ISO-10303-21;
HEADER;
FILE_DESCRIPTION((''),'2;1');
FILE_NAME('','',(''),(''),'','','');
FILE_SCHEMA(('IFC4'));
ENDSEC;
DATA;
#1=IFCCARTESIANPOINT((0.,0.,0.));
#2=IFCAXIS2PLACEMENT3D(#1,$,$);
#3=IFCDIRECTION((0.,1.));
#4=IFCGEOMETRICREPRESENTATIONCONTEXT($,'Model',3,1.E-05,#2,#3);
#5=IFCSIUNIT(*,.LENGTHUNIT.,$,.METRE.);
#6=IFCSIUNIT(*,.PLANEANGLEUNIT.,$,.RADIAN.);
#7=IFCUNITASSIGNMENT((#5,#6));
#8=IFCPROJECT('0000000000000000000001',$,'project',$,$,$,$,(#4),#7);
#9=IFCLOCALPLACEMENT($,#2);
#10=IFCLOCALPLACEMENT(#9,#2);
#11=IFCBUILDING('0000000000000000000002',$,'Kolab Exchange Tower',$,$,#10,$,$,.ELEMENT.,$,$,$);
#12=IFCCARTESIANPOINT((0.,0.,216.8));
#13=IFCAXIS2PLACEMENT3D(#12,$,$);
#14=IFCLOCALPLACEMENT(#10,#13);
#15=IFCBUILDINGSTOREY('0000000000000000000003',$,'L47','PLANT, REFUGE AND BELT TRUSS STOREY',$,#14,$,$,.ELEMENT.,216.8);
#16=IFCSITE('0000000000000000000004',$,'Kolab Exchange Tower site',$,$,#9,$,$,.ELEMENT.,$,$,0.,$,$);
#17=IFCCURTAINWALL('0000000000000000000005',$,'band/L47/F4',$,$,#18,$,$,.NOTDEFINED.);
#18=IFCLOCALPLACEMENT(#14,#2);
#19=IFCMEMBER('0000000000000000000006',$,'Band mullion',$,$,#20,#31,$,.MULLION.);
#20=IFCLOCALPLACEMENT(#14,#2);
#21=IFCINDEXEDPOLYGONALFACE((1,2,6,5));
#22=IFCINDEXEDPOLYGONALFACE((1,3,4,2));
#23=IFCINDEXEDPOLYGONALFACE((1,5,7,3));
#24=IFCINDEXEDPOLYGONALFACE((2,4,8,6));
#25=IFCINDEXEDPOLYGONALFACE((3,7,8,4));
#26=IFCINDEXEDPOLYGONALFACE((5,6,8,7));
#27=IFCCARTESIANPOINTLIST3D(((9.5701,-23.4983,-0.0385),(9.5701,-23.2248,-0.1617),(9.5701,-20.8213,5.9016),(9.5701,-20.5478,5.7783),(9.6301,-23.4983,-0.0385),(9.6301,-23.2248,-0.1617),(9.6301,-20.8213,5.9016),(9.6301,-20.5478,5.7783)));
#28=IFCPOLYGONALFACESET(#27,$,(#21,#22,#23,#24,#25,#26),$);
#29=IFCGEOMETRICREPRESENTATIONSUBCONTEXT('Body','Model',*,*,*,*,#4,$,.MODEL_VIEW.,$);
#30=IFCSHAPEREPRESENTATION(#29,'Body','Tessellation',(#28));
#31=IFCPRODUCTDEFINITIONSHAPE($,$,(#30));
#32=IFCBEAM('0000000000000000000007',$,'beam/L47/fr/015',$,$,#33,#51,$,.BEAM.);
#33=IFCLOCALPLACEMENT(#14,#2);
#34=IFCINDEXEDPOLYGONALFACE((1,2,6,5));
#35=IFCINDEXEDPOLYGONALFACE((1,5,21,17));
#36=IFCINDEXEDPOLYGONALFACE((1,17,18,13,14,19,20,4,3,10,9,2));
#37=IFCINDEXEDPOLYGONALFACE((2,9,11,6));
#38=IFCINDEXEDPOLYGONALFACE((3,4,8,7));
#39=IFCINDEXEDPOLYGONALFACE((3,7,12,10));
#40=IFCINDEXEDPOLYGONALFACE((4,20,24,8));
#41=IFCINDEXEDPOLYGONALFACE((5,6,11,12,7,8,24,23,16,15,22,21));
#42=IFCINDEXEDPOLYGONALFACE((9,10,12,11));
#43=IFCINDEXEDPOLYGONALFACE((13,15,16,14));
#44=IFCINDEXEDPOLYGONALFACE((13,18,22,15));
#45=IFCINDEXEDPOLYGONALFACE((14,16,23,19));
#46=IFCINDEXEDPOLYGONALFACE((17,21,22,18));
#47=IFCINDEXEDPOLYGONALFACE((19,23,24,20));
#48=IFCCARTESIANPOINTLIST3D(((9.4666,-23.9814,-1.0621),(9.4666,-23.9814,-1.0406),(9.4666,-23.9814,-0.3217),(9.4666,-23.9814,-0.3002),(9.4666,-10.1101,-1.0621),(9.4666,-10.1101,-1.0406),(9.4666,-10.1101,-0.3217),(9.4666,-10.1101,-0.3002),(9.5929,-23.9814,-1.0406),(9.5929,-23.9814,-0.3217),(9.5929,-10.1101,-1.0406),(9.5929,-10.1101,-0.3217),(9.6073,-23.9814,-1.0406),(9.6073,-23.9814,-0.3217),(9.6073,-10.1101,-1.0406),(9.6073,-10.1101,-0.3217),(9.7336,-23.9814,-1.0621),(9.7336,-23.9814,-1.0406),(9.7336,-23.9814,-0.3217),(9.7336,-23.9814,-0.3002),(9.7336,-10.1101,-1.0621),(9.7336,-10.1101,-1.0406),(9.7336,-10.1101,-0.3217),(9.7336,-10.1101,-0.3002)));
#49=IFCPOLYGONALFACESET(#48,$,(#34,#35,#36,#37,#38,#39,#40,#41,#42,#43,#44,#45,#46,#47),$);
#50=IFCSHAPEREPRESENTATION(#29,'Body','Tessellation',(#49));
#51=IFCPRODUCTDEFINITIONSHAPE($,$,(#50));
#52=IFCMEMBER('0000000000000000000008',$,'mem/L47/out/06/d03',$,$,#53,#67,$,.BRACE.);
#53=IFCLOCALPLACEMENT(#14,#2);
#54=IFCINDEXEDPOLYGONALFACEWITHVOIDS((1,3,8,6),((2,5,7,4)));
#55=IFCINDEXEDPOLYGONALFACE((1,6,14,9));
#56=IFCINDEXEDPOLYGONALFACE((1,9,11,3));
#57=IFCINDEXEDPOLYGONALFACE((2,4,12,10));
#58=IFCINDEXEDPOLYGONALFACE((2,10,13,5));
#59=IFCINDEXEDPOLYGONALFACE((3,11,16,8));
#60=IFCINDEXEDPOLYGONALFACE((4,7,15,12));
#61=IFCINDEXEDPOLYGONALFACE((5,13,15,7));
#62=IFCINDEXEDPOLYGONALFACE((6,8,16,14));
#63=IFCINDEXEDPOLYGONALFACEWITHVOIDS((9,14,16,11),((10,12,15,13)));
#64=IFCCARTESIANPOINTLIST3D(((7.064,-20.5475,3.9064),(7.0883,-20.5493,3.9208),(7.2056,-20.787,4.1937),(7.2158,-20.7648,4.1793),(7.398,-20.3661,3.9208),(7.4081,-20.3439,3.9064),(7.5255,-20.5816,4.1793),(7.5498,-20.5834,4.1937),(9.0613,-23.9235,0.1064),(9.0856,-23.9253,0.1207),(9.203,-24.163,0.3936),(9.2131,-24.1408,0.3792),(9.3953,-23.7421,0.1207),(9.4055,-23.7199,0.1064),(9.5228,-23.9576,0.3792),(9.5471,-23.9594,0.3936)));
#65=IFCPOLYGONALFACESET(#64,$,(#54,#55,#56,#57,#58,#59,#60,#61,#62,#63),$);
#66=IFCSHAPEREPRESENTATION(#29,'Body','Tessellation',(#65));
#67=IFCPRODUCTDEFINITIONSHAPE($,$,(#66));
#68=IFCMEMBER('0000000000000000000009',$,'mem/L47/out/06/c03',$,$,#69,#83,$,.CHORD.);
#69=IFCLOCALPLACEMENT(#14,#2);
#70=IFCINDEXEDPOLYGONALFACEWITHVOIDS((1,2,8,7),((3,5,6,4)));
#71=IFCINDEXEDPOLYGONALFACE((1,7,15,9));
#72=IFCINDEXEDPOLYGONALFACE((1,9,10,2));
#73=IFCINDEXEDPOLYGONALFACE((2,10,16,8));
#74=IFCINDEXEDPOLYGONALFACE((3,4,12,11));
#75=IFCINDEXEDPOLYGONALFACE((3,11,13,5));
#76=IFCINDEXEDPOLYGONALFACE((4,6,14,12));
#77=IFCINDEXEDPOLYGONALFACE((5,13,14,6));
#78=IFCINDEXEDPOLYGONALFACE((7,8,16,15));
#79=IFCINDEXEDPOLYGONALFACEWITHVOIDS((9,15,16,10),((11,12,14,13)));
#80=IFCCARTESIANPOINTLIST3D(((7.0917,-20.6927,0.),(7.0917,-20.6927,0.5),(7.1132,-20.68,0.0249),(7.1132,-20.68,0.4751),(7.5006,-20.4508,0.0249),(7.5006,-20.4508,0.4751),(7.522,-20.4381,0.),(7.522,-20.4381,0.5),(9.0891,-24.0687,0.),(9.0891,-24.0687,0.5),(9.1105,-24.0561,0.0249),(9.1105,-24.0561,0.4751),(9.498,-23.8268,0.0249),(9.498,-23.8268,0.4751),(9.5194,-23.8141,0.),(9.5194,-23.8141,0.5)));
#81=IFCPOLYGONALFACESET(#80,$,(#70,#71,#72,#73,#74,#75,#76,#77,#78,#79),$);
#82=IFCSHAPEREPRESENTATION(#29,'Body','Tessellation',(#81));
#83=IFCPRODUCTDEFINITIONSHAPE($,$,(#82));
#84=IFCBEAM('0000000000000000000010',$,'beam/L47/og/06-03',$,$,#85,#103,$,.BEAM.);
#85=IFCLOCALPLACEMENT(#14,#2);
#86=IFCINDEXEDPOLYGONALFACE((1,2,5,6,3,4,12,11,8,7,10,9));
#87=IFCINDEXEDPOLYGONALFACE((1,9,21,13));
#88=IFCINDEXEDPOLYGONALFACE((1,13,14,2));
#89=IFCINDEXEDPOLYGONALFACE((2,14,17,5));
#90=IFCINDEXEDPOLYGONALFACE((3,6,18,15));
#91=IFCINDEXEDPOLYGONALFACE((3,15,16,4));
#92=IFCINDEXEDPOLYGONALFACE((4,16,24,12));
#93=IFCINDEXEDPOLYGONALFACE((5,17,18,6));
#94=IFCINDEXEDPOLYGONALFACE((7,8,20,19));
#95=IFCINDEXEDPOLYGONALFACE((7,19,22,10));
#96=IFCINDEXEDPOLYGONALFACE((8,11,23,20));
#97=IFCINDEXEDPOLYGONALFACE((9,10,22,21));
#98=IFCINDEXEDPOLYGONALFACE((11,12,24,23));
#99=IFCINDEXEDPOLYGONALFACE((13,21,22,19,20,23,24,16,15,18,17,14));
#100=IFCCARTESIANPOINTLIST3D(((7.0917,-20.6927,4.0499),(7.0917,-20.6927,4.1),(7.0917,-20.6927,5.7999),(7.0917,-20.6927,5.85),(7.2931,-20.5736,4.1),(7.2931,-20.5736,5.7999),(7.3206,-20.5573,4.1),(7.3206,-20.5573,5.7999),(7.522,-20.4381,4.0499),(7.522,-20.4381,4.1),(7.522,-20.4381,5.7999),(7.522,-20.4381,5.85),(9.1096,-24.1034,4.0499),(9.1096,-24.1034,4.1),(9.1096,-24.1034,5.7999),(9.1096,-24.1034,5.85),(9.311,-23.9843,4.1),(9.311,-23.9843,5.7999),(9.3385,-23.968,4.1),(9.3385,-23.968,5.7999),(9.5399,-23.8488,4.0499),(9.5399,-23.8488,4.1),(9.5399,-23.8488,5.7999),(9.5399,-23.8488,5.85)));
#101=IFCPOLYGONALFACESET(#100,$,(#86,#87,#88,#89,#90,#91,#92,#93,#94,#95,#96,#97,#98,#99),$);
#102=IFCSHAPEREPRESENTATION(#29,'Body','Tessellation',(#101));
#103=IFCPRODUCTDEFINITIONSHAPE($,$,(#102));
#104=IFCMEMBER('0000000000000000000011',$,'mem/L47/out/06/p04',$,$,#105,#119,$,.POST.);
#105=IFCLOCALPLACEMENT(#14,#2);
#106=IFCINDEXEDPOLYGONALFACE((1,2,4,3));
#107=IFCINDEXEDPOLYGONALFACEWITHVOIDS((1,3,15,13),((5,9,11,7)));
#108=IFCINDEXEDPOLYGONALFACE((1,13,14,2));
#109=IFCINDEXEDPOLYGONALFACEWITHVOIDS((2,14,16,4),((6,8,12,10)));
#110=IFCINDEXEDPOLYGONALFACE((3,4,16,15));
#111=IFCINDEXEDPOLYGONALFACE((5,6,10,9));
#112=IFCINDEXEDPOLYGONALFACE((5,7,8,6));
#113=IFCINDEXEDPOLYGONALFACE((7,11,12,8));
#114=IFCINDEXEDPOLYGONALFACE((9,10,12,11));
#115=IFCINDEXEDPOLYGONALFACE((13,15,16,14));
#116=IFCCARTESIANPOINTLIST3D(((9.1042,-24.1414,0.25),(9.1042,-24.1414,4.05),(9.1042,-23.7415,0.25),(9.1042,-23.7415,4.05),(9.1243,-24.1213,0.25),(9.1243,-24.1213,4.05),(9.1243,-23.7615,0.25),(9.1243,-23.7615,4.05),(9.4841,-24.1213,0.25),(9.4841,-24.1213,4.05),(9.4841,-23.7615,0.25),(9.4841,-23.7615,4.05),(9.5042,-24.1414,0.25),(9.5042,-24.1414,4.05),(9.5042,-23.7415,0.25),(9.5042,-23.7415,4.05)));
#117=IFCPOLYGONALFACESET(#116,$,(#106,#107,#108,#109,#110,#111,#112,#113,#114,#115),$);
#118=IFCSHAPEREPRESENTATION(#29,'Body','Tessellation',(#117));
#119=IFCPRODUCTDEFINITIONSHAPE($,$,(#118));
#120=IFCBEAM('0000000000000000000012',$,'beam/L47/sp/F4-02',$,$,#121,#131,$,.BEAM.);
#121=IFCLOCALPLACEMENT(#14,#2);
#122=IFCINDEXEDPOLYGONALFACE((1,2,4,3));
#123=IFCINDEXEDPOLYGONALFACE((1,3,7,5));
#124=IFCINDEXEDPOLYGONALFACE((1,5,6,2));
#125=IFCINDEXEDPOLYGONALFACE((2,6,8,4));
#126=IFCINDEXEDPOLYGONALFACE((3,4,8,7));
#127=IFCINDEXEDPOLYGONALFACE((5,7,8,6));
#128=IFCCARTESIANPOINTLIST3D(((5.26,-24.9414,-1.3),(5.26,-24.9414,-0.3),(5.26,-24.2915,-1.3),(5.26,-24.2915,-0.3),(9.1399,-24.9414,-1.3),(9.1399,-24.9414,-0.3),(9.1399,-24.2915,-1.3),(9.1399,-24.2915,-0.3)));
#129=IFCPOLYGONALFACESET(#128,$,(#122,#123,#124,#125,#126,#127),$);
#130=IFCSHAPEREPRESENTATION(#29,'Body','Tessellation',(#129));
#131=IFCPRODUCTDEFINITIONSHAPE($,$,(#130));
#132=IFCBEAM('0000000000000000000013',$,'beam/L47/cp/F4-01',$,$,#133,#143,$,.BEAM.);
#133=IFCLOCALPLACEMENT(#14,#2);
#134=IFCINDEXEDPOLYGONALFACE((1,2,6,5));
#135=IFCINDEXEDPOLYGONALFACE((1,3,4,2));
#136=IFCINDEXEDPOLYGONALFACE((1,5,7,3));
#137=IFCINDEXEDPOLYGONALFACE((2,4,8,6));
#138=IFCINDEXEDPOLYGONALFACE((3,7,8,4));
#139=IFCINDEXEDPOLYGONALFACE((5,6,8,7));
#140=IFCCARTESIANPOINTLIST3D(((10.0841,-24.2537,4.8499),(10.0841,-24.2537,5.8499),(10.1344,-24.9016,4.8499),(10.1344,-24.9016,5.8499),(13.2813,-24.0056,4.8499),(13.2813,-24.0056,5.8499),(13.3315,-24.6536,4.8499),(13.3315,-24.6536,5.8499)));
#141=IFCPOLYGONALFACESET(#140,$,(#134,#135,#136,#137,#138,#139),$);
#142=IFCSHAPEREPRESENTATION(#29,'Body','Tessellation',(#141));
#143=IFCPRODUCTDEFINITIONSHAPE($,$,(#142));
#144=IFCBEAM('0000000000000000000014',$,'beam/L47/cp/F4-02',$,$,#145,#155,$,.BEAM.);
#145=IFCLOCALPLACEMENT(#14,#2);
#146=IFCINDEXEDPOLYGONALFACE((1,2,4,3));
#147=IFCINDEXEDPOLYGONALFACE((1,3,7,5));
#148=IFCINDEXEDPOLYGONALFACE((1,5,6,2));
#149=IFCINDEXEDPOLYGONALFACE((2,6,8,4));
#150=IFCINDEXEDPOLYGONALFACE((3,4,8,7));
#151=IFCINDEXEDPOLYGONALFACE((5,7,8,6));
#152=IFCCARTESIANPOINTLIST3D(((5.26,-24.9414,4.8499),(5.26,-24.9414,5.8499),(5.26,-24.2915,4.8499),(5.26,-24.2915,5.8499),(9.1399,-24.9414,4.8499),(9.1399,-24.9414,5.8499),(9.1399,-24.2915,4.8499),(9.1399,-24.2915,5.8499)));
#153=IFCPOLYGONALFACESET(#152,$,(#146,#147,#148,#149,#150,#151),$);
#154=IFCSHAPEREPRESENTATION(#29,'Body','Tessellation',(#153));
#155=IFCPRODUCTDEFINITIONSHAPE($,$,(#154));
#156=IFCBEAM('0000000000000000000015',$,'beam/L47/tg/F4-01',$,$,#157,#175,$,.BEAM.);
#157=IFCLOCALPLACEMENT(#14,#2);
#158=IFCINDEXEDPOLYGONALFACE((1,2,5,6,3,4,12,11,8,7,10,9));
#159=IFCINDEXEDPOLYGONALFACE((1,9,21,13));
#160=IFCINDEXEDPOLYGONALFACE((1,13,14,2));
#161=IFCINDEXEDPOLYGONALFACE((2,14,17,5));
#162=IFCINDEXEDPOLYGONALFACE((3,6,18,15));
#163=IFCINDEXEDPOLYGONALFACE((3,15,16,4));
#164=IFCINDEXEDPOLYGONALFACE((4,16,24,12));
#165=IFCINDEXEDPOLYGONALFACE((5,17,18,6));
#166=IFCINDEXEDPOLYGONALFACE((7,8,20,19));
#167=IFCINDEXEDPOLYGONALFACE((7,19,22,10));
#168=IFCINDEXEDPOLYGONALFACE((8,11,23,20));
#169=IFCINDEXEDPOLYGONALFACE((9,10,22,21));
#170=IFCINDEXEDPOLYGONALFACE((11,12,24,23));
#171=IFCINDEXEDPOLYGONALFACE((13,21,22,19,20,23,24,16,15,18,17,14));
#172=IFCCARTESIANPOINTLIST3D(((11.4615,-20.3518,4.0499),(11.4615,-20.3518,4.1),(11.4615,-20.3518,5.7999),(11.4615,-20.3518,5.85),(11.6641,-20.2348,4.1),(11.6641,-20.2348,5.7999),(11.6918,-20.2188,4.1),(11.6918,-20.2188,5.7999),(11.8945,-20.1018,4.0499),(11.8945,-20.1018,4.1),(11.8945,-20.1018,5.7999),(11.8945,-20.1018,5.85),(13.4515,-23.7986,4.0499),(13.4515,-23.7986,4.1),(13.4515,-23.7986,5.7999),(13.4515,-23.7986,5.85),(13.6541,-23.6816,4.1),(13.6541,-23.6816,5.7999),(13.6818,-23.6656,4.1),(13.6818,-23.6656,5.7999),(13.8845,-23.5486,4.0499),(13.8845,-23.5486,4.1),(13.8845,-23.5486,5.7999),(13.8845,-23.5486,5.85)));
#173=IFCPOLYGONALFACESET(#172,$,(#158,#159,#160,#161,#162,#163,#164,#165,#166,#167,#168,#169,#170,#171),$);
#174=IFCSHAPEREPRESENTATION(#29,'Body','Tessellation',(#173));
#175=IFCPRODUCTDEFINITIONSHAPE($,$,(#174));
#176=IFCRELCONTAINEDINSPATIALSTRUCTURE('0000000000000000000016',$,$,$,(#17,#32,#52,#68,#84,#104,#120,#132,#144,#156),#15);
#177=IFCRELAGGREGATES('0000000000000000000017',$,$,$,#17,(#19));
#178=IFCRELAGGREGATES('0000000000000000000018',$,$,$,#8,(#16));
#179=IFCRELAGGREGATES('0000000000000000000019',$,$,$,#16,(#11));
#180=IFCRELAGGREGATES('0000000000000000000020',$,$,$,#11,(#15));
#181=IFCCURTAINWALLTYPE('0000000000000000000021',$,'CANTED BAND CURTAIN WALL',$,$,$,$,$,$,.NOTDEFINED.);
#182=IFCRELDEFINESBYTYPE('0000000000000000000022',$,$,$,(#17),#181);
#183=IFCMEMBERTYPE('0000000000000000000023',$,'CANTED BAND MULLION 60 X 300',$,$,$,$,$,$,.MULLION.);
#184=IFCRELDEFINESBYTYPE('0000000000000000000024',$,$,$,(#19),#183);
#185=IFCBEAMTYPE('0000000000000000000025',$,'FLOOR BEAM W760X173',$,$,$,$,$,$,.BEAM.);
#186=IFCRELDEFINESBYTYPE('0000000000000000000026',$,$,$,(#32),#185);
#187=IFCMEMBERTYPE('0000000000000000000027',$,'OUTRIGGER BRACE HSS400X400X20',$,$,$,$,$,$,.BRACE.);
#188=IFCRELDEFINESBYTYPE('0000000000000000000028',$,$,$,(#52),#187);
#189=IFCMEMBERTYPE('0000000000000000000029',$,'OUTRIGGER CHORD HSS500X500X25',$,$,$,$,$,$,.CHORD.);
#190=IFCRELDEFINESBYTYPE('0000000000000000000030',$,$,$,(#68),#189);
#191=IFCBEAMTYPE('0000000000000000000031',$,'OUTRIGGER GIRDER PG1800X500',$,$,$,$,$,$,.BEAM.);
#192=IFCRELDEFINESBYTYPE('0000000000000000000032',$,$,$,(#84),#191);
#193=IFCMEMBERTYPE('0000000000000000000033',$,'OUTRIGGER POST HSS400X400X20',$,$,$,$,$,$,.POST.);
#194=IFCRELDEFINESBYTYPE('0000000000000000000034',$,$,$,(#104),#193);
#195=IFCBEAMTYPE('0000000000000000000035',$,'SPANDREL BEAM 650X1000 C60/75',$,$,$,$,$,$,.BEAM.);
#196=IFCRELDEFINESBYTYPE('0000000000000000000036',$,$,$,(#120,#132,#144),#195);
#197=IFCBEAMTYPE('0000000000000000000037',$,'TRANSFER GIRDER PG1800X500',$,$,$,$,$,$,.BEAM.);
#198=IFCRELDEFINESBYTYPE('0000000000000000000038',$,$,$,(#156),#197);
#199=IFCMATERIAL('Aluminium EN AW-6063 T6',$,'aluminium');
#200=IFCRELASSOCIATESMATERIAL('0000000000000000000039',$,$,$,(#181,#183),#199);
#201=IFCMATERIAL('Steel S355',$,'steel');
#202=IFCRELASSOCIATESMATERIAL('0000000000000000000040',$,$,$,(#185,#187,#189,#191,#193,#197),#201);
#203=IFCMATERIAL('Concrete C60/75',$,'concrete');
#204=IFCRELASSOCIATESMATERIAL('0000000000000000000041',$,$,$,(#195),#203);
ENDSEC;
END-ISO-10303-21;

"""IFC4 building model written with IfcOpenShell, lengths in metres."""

from ifc_helpers import new_model, si_unit, direction, frame, origin, origin_2d, place, context, subcontext, project, spatial, rectangle, hollow_rectangle, i_section, extrude, material, material_profile, profile_set, type_object, element, aggregate, save


model = new_model("IFC4")

# Units and contexts
model_context = context("Model", 3, precision=1e-05, world=origin(), true_north=direction((0.0, 1.0)))
body_context = subcontext(model_context, "Body", "Model", "MODEL_VIEW")
ifc_project = project(units=[si_unit("LENGTHUNIT", "METRE"), si_unit("PLANEANGLEUNIT", "RADIAN")], contexts=[model_context])

# Site, building, storey
site_placement = place(None, origin())
site = spatial("IfcSite", under=ifc_project, at=site_placement, Name="Kolab Exchange Tower site", CompositionType="ELEMENT", RefElevation=0.0)
building_placement = place(site_placement, origin())
building = spatial("IfcBuilding", under=site, at=building_placement, Name="Kolab Exchange Tower", CompositionType="ELEMENT")
storey_placement = place(building_placement, frame((0.0, 0.0, 216.8)))
storey = spatial("IfcBuildingStorey", under=building, at=storey_placement, Name="L47", Description="PLANT, REFUGE AND BELT TRUSS STOREY", CompositionType="ELEMENT", Elevation=216.8)

# Shared definitions
ifc_material_1 = material(Name="Concrete C60/75", Category="concrete")

# Shared definitions
ifc_material_2 = material(Name="Steel S355", Category="steel")

# Curtain wall, member
ifc_material_3 = material(Name="Aluminium EN AW-6063 T6", Category="aluminium")
curtain_wall_type_1 = type_object("IfcCurtainWallType", Name="CANTED BAND CURTAIN WALL", PredefinedType="NOTDEFINED", material=ifc_material_3)
curtain_wall_1_placement = place(storey_placement, origin())
curtain_wall_1 = element("IfcCurtainWall", 1, at=curtain_wall_1_placement, inside=storey, type_object=curtain_wall_type_1, Name="band/L47/F4", PredefinedType="NOTDEFINED")
ifc_material_profile_1 = material_profile(ifc_material_3, rectangle(XDim=0.0601, YDim=0.3, at=origin_2d()), Name="RECT 60X300")
ifc_profile_set_1 = profile_set([ifc_material_profile_1], Name="Aluminium EN AW-6063 T6")
member_type_1 = type_object("IfcMemberType", Name="CANTED BAND MULLION 60 X 300", PredefinedType="MULLION", material=ifc_profile_set_1)
member_1_placement = place(storey_placement, frame((9.6001, -23.3616, -0.1001), z_axis=(0.0, 0.410879, 0.91169), x_axis=(-1.0, 0.0, 0.0)))
member_1 = element("IfcMember", 2, at=member_1_placement, type_object=member_type_1, Name="Band mullion", PredefinedType="MULLION", context=body_context, shape_type="SweptSolid", body=[
    extrude(rectangle(XDim=0.0601, YDim=0.3, at=origin_2d()), origin(), (0.0, 0.0, 1.0), 6.5154),
])

# Beam
ifc_material_profile_2 = material_profile(ifc_material_2, i_section(OverallWidth=0.2671, OverallDepth=0.762, WebThickness=0.0144, FlangeThickness=0.0215, at=origin_2d()), Name="W760X173")
ifc_profile_set_2 = profile_set([ifc_material_profile_2], Name="Steel S355")
beam_type_1 = type_object("IfcBeamType", Name="FLOOR BEAM W760X173", PredefinedType="BEAM", material=ifc_profile_set_2)
beam_1_placement = place(storey_placement, frame((9.6001, -23.9814, -0.6812), z_axis=(0.0, 1.0, 0.0), x_axis=(-1.0, 0.0, 0.0)))
element("IfcBeam", 3, at=beam_1_placement, inside=storey, type_object=beam_type_1, Name="beam/L47/fr/015", PredefinedType="BEAM", context=body_context, shape_type="SweptSolid", body=[
    extrude(i_section(OverallWidth=0.2671, OverallDepth=0.762, WebThickness=0.0144, FlangeThickness=0.0215, at=origin_2d()), origin(), (0.0, 0.0, 1.0), 13.8713),
])

# Members
ifc_material_profile_3 = material_profile(ifc_material_2, hollow_rectangle(XDim=0.3999, YDim=0.3999, WallThickness=0.02, at=origin_2d()), Name="HSS400X400X20")
ifc_profile_set_3 = profile_set([ifc_material_profile_3], Name="Steel S355")
member_type_2 = type_object("IfcMemberType", Name="OUTRIGGER BRACE HSS400X400X20", PredefinedType="BRACE", material=ifc_profile_set_3)
member_2_placement = place(storey_placement, frame((7.3069, -20.5654, 4.05), z_axis=(0.365715, -0.618153, -0.695802), x_axis=(0.860656, 0.509186, 0.0)))
element("IfcMember", 4, at=member_2_placement, inside=storey, type_object=member_type_2, Name="mem/L47/out/06/d03", PredefinedType="BRACE", context=body_context, shape_type="SweptSolid", body=[
    extrude(hollow_rectangle(XDim=0.3999, YDim=0.3999, WallThickness=0.02, at=origin_2d()), origin(), (0.0, 0.0, 1.0), 5.4614),
])
ifc_material_profile_4 = material_profile(ifc_material_2, hollow_rectangle(XDim=0.5, YDim=0.5, WallThickness=0.0249, at=origin_2d()), Name="HSS500X500X25")
ifc_profile_set_4 = profile_set([ifc_material_profile_4], Name="Steel S355")
member_type_3 = type_object("IfcMemberType", Name="OUTRIGGER CHORD HSS500X500X25", PredefinedType="CHORD", material=ifc_profile_set_4)
member_3_placement = place(storey_placement, frame((7.3069, -20.5654, 0.25), z_axis=(0.509186, -0.860656, 0.0), x_axis=(0.860656, 0.509186, 0.0)))
element("IfcMember", 5, at=member_3_placement, inside=storey, type_object=member_type_3, Name="mem/L47/out/06/c03", PredefinedType="CHORD", context=body_context, shape_type="SweptSolid", body=[
    extrude(hollow_rectangle(XDim=0.5, YDim=0.5, WallThickness=0.0249, at=origin_2d()), origin(), (0.0, 0.0, 1.0), 3.9226),
])

# Beam
ifc_material_profile_5 = material_profile(ifc_material_2, i_section(OverallWidth=0.5, OverallDepth=1.8, WebThickness=0.032, FlangeThickness=0.05, at=origin_2d()), Name="PG1800X500")
ifc_profile_set_5 = profile_set([ifc_material_profile_5], Name="Steel S355")
beam_type_2 = type_object("IfcBeamType", Name="OUTRIGGER GIRDER PG1800X500", PredefinedType="BEAM", material=ifc_profile_set_5)
beam_2_placement = place(storey_placement, frame((7.3069, -20.5654, 4.95), z_axis=(0.509186, -0.860657, 0.0), x_axis=(0.860657, 0.509186, 0.0)))
element("IfcBeam", 6, at=beam_2_placement, inside=storey, type_object=beam_type_2, Name="beam/L47/og/06-03", PredefinedType="BEAM", context=body_context, shape_type="SweptSolid", body=[
    extrude(i_section(OverallWidth=0.5, OverallDepth=1.8, WebThickness=0.032, FlangeThickness=0.05, at=origin_2d()), origin(), (0.0, 0.0, 1.0), 3.9629),
])

# Member
ifc_material_profile_6 = material_profile(ifc_material_2, hollow_rectangle(XDim=0.3999, YDim=0.3999, WallThickness=0.02, at=origin_2d()), Name="HSS400X400X20")
ifc_profile_set_6 = profile_set([ifc_material_profile_6], Name="Steel S355")
member_type_4 = type_object("IfcMemberType", Name="OUTRIGGER POST HSS400X400X20", PredefinedType="POST", material=ifc_profile_set_6)
member_4_placement = place(storey_placement, frame((9.3042, -23.9414, 0.25), z_axis=(0.0, 0.0, 1.0), x_axis=(1.0, 0.0, 0.0)))
element("IfcMember", 7, at=member_4_placement, inside=storey, type_object=member_type_4, Name="mem/L47/out/06/p04", PredefinedType="POST", context=body_context, shape_type="SweptSolid", body=[
    extrude(hollow_rectangle(XDim=0.3999, YDim=0.3999, WallThickness=0.02, at=origin_2d()), origin(), (0.0, 0.0, 1.0), 3.8),
])

# Beams
ifc_material_profile_7 = material_profile(ifc_material_1, rectangle(XDim=0.6499, YDim=1.0, at=origin_2d()), Name="RC650X1000")
ifc_profile_set_7 = profile_set([ifc_material_profile_7], Name="Concrete C60/75")
beam_type_3 = type_object("IfcBeamType", Name="SPANDREL BEAM 650X1000 C60/75", PredefinedType="BEAM", material=ifc_profile_set_7)
beam_3_placement = place(storey_placement, frame((9.1399, -24.6165, -0.8), z_axis=(-1.0, 0.0, 0.0), x_axis=(0.0, -1.0, 0.0)))
element("IfcBeam", 8, at=beam_3_placement, inside=storey, type_object=beam_type_3, Name="beam/L47/sp/F4-02", PredefinedType="BEAM", context=body_context, shape_type="SweptSolid", body=[
    extrude(rectangle(XDim=0.6499, YDim=1.0, at=origin_2d()), origin(), (0.0, 0.0, 1.0), 3.8799),
])
beam_4_placement = place(storey_placement, frame((13.3064, -24.3296, 5.3499), z_axis=(-0.997004, -0.077349, 0.0), x_axis=(0.077349, -0.997004, 0.0)))
element("IfcBeam", 9, at=beam_4_placement, inside=storey, type_object=beam_type_3, Name="beam/L47/cp/F4-01", PredefinedType="BEAM", context=body_context, shape_type="SweptSolid", body=[
    extrude(rectangle(XDim=0.6499, YDim=1.0, at=origin_2d()), origin(), (0.0, 0.0, 1.0), 3.2068),
])
beam_5_placement = place(storey_placement, frame((9.1399, -24.6165, 5.3499), z_axis=(-1.0, 0.0, 0.0), x_axis=(0.0, -1.0, 0.0)))
element("IfcBeam", 10, at=beam_5_placement, inside=storey, type_object=beam_type_3, Name="beam/L47/cp/F4-02", PredefinedType="BEAM", context=body_context, shape_type="SweptSolid", body=[
    extrude(rectangle(XDim=0.6499, YDim=1.0, at=origin_2d()), origin(), (0.0, 0.0, 1.0), 3.8799),
])
ifc_material_profile_8 = material_profile(ifc_material_2, i_section(OverallWidth=0.5, OverallDepth=1.8, WebThickness=0.032, FlangeThickness=0.05, at=origin_2d()), Name="PG1800X500")
ifc_profile_set_8 = profile_set([ifc_material_profile_8], Name="Steel S355")
beam_type_4 = type_object("IfcBeamType", Name="TRANSFER GIRDER PG1800X500", PredefinedType="BEAM", material=ifc_profile_set_8)
beam_6_placement = place(storey_placement, frame((11.678, -20.2268, 4.95), z_axis=(0.499999, -0.866026, 0.0), x_axis=(0.866026, 0.499999, 0.0)))
element("IfcBeam", 11, at=beam_6_placement, inside=storey, type_object=beam_type_4, Name="beam/L47/tg/F4-01", PredefinedType="BEAM", context=body_context, shape_type="SweptSolid", body=[
    extrude(i_section(OverallWidth=0.5, OverallDepth=1.8, WebThickness=0.032, FlangeThickness=0.05, at=origin_2d()), origin(), (0.0, 0.0, 1.0), 3.98),
])

aggregate(curtain_wall_1, [member_1])

save(model, "model.ifc")
